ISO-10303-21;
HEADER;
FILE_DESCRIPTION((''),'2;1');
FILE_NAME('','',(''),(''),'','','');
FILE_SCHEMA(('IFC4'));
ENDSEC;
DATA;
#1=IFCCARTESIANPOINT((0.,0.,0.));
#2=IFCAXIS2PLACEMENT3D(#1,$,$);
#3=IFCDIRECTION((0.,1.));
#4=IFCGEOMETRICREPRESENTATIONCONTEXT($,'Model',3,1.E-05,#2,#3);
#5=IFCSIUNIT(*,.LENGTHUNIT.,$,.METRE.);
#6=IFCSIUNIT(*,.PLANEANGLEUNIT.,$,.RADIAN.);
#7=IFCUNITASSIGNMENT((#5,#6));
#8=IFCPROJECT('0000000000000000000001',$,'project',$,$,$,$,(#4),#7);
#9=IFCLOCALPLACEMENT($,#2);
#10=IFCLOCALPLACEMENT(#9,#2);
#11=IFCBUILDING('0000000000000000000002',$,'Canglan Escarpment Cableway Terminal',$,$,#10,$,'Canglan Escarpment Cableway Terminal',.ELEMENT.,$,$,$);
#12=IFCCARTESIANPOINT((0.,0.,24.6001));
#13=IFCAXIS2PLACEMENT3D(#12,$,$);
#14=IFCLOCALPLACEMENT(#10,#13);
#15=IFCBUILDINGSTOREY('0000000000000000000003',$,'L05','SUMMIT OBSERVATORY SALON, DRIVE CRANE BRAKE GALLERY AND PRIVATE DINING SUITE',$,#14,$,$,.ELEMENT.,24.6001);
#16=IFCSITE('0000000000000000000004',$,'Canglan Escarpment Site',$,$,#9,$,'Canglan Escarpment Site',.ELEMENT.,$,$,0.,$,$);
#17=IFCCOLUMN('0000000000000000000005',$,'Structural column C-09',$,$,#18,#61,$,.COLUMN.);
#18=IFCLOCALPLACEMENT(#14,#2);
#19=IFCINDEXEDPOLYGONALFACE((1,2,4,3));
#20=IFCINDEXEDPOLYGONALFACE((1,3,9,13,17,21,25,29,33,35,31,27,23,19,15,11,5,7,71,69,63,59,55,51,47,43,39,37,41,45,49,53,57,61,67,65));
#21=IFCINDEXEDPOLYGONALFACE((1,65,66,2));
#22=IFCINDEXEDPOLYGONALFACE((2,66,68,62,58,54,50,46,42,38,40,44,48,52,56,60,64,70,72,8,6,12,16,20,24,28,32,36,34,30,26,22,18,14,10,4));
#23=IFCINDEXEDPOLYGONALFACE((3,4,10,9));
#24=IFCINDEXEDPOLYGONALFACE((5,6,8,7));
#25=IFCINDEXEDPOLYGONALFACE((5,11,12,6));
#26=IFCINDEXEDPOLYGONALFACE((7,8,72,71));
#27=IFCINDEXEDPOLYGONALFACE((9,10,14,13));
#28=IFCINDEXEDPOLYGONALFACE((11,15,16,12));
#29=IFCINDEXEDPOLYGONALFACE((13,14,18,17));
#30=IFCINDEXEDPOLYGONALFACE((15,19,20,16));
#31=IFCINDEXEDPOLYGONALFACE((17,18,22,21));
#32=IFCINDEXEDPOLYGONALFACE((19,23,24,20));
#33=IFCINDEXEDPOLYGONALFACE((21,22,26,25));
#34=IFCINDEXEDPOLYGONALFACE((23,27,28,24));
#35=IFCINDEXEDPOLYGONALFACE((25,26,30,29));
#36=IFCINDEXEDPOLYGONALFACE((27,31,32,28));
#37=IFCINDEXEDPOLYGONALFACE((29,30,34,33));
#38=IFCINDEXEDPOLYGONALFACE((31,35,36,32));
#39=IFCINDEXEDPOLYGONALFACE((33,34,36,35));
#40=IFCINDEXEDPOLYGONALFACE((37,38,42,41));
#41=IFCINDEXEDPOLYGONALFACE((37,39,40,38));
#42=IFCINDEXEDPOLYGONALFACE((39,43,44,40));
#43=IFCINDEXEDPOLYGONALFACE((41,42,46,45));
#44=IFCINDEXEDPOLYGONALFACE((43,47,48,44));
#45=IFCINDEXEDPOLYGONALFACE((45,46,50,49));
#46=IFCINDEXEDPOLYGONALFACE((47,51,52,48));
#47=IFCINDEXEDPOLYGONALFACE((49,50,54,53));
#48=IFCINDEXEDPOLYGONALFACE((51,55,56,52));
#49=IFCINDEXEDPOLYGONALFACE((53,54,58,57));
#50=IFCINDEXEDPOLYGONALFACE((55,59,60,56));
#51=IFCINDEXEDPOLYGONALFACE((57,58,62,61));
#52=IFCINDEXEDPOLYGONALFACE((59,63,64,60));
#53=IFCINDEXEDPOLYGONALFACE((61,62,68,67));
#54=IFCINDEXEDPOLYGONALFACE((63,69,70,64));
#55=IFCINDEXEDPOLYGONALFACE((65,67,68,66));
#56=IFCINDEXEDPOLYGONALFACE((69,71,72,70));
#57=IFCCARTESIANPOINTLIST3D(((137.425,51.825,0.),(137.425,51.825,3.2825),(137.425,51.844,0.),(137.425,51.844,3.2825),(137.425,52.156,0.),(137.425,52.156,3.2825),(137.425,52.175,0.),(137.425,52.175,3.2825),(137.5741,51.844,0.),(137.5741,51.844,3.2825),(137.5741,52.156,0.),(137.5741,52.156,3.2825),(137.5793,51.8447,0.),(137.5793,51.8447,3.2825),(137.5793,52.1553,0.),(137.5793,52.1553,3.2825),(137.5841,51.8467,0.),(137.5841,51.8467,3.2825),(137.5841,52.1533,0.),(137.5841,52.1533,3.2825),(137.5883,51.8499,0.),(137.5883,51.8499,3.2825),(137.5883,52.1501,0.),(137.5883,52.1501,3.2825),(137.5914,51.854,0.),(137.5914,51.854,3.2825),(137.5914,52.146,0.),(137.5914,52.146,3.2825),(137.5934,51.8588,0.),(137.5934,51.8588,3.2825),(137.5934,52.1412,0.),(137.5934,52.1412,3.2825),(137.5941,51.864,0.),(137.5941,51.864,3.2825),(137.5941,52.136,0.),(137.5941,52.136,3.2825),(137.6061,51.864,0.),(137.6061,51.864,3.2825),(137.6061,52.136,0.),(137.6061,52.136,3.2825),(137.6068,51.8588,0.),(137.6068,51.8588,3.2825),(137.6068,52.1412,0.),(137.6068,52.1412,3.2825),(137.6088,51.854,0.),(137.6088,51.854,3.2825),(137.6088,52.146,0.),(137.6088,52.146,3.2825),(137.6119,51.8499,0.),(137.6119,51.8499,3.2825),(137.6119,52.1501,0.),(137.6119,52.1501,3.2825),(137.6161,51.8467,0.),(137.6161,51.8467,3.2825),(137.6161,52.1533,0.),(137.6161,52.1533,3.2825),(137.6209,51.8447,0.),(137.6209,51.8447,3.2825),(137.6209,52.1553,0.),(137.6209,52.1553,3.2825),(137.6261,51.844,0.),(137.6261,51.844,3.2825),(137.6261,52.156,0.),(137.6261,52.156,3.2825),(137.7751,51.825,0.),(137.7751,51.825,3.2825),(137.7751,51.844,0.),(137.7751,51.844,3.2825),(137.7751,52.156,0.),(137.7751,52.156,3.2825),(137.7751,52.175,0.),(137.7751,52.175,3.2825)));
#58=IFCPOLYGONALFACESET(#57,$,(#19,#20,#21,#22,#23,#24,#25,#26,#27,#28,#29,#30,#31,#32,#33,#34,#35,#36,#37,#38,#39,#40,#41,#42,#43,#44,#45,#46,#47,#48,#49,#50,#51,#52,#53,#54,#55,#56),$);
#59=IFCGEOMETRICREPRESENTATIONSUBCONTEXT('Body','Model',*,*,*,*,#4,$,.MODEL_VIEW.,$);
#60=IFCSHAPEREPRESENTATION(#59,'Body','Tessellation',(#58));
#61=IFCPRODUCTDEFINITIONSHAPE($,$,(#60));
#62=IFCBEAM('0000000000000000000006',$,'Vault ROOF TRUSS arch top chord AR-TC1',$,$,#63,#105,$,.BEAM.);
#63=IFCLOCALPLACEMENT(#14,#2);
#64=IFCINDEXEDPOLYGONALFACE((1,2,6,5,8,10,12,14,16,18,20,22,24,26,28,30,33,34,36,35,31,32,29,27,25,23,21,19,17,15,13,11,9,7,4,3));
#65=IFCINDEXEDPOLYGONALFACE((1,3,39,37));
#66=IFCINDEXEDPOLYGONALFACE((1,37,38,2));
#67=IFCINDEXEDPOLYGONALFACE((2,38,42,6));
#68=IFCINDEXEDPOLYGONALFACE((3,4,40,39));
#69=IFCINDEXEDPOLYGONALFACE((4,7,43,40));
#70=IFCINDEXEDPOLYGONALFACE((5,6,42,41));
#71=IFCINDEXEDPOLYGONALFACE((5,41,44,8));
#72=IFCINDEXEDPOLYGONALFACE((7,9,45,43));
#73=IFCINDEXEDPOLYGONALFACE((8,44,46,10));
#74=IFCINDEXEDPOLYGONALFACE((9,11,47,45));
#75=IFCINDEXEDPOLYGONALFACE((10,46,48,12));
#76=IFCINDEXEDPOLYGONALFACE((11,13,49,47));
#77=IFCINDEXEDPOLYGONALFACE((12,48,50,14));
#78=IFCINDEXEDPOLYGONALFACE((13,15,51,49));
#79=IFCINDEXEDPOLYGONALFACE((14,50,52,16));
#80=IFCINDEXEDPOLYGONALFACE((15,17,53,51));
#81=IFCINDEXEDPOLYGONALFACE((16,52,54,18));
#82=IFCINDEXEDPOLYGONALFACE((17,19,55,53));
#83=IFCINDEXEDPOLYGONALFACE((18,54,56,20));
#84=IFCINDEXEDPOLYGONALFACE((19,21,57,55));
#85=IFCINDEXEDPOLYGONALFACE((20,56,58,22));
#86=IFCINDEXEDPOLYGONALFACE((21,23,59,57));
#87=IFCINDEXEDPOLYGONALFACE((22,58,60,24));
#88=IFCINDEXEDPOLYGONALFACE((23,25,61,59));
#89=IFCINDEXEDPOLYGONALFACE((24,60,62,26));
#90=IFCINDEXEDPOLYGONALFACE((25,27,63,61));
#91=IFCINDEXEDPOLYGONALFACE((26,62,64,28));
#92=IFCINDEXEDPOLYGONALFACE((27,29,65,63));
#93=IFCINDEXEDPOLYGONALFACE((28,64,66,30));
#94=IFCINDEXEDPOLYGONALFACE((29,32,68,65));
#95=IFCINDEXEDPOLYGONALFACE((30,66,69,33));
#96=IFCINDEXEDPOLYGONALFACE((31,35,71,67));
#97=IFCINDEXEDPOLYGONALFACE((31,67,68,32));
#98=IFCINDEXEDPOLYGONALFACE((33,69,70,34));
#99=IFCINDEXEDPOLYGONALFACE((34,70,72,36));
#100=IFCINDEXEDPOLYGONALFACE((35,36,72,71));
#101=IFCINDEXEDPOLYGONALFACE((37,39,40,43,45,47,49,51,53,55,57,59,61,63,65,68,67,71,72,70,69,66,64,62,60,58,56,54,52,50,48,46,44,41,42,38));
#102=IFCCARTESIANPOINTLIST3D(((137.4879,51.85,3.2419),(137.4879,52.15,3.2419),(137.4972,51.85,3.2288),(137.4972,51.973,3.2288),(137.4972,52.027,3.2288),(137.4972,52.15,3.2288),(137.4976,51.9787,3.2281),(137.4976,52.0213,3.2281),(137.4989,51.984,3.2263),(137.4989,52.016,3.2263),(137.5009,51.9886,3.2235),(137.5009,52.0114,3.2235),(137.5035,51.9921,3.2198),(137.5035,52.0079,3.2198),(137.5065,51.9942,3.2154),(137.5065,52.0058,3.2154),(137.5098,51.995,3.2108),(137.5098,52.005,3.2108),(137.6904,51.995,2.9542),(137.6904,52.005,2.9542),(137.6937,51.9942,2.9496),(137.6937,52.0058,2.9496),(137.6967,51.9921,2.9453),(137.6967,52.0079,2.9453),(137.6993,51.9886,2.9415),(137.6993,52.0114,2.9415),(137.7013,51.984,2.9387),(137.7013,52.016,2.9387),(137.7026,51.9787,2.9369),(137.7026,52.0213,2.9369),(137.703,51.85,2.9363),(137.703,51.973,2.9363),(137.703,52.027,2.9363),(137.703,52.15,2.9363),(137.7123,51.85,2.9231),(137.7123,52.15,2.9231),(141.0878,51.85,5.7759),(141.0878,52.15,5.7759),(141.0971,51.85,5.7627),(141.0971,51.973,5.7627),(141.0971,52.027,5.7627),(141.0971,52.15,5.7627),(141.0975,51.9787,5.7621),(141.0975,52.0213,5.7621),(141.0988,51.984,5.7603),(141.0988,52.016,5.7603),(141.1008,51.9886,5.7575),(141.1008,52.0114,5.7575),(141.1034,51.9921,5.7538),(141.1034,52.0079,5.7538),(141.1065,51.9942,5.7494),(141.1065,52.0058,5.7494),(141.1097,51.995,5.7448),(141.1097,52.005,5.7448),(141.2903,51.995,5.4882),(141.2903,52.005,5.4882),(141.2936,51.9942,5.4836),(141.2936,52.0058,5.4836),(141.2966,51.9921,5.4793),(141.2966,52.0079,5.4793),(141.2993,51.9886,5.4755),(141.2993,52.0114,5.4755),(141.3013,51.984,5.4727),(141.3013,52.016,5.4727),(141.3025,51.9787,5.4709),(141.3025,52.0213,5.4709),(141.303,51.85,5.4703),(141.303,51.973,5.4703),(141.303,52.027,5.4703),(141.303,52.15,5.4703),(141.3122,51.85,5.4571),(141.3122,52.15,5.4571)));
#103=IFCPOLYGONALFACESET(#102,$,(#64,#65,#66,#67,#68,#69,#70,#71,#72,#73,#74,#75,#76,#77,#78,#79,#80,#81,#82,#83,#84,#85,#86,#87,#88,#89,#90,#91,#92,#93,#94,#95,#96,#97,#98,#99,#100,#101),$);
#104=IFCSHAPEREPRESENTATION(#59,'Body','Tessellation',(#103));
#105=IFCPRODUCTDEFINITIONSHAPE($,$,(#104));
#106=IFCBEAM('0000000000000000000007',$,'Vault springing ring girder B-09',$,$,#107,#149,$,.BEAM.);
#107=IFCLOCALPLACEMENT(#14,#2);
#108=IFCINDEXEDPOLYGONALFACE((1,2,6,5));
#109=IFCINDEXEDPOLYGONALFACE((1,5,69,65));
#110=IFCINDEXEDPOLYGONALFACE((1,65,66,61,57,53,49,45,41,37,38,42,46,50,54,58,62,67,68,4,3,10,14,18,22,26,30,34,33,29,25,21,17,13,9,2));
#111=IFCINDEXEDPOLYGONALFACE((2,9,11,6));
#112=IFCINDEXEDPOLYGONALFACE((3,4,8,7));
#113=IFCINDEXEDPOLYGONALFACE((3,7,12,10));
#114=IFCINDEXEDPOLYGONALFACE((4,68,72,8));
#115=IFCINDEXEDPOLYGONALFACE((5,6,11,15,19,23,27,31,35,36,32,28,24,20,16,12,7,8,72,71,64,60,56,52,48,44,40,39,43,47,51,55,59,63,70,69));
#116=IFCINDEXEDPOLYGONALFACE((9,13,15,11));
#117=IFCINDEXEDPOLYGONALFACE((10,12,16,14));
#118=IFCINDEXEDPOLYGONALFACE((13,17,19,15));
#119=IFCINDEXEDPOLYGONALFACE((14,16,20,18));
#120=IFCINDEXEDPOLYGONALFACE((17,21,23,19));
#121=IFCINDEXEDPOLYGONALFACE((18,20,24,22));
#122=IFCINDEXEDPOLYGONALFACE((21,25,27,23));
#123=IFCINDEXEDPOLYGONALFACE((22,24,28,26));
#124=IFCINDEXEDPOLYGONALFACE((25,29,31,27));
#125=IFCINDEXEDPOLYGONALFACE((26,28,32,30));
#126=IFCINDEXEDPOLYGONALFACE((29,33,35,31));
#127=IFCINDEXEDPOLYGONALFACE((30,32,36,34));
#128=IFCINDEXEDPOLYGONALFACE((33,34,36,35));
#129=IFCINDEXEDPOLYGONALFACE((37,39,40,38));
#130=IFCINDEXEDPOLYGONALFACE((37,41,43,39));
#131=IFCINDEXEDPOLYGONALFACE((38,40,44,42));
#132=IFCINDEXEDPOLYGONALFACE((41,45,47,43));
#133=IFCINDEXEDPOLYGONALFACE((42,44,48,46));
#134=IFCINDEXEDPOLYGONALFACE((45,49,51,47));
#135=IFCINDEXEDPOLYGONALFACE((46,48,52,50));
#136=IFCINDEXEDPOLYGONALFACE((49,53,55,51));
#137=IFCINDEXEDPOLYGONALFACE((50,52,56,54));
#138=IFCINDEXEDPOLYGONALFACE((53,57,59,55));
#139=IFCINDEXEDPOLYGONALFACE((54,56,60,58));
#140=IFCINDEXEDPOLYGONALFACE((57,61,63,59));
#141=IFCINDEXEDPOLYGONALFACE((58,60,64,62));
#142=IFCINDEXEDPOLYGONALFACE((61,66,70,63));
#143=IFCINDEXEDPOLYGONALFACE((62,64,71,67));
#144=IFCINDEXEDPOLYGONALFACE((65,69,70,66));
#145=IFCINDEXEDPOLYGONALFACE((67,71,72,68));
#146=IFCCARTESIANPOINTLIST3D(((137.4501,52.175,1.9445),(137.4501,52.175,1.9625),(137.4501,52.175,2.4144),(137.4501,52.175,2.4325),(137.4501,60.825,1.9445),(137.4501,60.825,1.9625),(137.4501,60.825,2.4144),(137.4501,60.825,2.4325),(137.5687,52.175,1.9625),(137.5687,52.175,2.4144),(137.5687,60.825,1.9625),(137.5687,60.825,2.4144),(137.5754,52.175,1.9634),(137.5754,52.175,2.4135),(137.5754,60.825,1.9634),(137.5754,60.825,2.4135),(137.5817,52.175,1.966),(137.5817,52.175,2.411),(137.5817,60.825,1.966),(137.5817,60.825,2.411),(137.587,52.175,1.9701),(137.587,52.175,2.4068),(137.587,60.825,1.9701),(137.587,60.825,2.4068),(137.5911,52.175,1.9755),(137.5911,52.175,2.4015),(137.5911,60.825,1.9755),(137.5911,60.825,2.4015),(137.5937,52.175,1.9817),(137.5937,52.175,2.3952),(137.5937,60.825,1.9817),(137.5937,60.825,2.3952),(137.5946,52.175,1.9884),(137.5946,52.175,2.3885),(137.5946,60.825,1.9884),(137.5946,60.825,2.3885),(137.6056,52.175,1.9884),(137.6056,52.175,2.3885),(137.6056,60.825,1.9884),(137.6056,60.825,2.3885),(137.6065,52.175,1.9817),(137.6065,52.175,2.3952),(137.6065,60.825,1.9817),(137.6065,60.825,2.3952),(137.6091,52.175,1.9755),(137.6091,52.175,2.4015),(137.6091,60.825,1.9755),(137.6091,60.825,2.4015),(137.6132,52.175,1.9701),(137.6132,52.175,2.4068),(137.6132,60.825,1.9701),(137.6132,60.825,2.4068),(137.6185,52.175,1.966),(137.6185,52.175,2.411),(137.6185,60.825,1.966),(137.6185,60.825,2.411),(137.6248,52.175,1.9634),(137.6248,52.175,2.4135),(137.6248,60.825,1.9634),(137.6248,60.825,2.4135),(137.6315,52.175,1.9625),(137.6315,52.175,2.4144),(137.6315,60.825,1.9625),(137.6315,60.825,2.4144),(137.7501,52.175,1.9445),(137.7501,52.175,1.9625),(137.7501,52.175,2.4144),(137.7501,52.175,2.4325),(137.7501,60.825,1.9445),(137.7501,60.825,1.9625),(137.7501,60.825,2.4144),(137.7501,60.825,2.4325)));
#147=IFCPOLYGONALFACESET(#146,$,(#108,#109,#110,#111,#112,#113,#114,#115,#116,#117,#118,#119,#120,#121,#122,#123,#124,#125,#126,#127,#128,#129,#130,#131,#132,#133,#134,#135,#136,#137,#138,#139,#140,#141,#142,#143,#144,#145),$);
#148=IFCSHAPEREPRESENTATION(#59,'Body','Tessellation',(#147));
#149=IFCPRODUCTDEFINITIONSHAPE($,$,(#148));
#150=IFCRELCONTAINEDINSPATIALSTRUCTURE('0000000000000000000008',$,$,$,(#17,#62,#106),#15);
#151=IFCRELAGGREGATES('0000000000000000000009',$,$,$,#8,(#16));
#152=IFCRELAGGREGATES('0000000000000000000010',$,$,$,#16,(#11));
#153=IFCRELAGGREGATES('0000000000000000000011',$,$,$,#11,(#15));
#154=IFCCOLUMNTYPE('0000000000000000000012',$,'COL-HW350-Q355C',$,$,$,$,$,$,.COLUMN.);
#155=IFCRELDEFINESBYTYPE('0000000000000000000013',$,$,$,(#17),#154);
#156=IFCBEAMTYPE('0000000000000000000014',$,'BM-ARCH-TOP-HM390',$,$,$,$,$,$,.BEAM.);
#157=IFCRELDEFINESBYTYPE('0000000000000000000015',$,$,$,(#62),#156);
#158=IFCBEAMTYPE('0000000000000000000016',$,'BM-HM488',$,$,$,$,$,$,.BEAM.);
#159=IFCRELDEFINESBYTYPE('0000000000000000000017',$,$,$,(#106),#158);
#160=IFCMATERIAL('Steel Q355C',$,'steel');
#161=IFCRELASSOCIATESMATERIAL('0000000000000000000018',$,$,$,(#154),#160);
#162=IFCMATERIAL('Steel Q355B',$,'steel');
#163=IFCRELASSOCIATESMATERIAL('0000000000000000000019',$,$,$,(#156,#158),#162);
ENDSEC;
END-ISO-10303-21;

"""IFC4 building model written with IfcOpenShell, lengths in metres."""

from ifc_helpers import new_model, si_unit, direction, frame, origin, origin_2d, place, context, subcontext, project, spatial, i_section, extrude, material, material_profile, profile_set, type_object, element, save


model = new_model("IFC4")

# Units and contexts
model_context = context("Model", 3, precision=1e-05, world=origin(), true_north=direction((0.0, 1.0)))
body_context = subcontext(model_context, "Body", "Model", "MODEL_VIEW")
ifc_project = project(units=[si_unit("LENGTHUNIT", "METRE"), si_unit("PLANEANGLEUNIT", "RADIAN")], contexts=[model_context])

# Site, building, storey
site_placement = place(None, origin())
site = spatial("IfcSite", under=ifc_project, at=site_placement, Name="Canglan Escarpment Site", LongName="Canglan Escarpment Site", CompositionType="ELEMENT", RefElevation=0.0)
building_placement = place(site_placement, origin())
building = spatial("IfcBuilding", under=site, at=building_placement, Name="Canglan Escarpment Cableway Terminal", LongName="Canglan Escarpment Cableway Terminal", CompositionType="ELEMENT")
storey_placement = place(building_placement, frame((0.0, 0.0, 24.6001)))
storey = spatial("IfcBuildingStorey", under=building, at=storey_placement, Name="L05", Description="SUMMIT OBSERVATORY SALON, DRIVE CRANE BRAKE GALLERY AND PRIVATE DINING SUITE", CompositionType="ELEMENT", Elevation=24.6001)

# Column
ifc_material_1 = material(Name="Steel Q355C", Category="steel")
ifc_material_profile_1 = material_profile(ifc_material_1, i_section(OverallWidth=0.3501, OverallDepth=0.3501, WebThickness=0.012, FlangeThickness=0.019, FilletRadius=0.02, at=origin_2d()), Name="HW 350x350x12x19")
ifc_profile_set_1 = profile_set([ifc_material_profile_1], Name="Steel Q355C")
column_type = type_object("IfcColumnType", Name="COL-HW350-Q355C", PredefinedType="COLUMN", material=ifc_profile_set_1)
column_placement = place(storey_placement, frame((137.6001, 52.0, 0.0), z_axis=(0.0, 0.0, 1.0), x_axis=(1.0, 0.0, 0.0)))
element("IfcColumn", 1, at=column_placement, inside=storey, type_object=column_type, Name="Structural column C-09", PredefinedType="COLUMN", context=body_context, shape_type="SweptSolid", body=[
    extrude(i_section(OverallWidth=0.3501, OverallDepth=0.3501, WebThickness=0.012, FlangeThickness=0.019, FilletRadius=0.02, at=origin_2d()), origin(), (0.0, 0.0, 1.0), 3.2825),
])

# Beams
ifc_material_2 = material(Name="Steel Q355B", Category="steel")
ifc_material_profile_2 = material_profile(ifc_material_2, i_section(OverallWidth=0.3, OverallDepth=0.3899, WebThickness=0.01, FlangeThickness=0.0161, FilletRadius=0.022, at=origin_2d()), Name="HM 390x300x10x16")
ifc_profile_set_2 = profile_set([ifc_material_profile_2], Name="Steel Q355B")
beam_type_1 = type_object("IfcBeamType", Name="BM-ARCH-TOP-HM390", PredefinedType="BEAM", material=ifc_profile_set_2)
beam_1_placement = place(storey_placement, frame((137.6001, 52.0, 3.0825), z_axis=(0.817731, 0.0, 0.575601), x_axis=(0.0, 1.0, 0.0)))
element("IfcBeam", 2, at=beam_1_placement, inside=storey, type_object=beam_type_1, Name="Vault ROOF TRUSS arch top chord AR-TC1", PredefinedType="BEAM", context=body_context, shape_type="SweptSolid", body=[
    extrude(i_section(OverallWidth=0.3, OverallDepth=0.3899, WebThickness=0.01, FlangeThickness=0.0161, FilletRadius=0.022, at=origin_2d()), origin(), (0.0, 0.0, 1.0), 4.4023),
])
ifc_material_profile_3 = material_profile(ifc_material_2, i_section(OverallWidth=0.3, OverallDepth=0.488, WebThickness=0.011, FlangeThickness=0.0181, FilletRadius=0.0259, at=origin_2d()), Name="HM 488x300x11x18")
ifc_profile_set_3 = profile_set([ifc_material_profile_3], Name="Steel Q355B")
beam_type_2 = type_object("IfcBeamType", Name="BM-HM488", PredefinedType="BEAM", material=ifc_profile_set_3)
beam_2_placement = place(storey_placement, frame((137.6001, 52.175, 2.1885), z_axis=(0.0, 1.0, 0.0), x_axis=(-1.0, 0.0, 0.0)))
element("IfcBeam", 3, at=beam_2_placement, inside=storey, type_object=beam_type_2, Name="Vault springing ring girder B-09", PredefinedType="BEAM", context=body_context, shape_type="SweptSolid", body=[
    extrude(i_section(OverallWidth=0.3, OverallDepth=0.488, WebThickness=0.011, FlangeThickness=0.0181, FilletRadius=0.0259, at=origin_2d()), origin(), (0.0, 0.0, 1.0), 8.6499),
])

save(model, "model.ifc")
